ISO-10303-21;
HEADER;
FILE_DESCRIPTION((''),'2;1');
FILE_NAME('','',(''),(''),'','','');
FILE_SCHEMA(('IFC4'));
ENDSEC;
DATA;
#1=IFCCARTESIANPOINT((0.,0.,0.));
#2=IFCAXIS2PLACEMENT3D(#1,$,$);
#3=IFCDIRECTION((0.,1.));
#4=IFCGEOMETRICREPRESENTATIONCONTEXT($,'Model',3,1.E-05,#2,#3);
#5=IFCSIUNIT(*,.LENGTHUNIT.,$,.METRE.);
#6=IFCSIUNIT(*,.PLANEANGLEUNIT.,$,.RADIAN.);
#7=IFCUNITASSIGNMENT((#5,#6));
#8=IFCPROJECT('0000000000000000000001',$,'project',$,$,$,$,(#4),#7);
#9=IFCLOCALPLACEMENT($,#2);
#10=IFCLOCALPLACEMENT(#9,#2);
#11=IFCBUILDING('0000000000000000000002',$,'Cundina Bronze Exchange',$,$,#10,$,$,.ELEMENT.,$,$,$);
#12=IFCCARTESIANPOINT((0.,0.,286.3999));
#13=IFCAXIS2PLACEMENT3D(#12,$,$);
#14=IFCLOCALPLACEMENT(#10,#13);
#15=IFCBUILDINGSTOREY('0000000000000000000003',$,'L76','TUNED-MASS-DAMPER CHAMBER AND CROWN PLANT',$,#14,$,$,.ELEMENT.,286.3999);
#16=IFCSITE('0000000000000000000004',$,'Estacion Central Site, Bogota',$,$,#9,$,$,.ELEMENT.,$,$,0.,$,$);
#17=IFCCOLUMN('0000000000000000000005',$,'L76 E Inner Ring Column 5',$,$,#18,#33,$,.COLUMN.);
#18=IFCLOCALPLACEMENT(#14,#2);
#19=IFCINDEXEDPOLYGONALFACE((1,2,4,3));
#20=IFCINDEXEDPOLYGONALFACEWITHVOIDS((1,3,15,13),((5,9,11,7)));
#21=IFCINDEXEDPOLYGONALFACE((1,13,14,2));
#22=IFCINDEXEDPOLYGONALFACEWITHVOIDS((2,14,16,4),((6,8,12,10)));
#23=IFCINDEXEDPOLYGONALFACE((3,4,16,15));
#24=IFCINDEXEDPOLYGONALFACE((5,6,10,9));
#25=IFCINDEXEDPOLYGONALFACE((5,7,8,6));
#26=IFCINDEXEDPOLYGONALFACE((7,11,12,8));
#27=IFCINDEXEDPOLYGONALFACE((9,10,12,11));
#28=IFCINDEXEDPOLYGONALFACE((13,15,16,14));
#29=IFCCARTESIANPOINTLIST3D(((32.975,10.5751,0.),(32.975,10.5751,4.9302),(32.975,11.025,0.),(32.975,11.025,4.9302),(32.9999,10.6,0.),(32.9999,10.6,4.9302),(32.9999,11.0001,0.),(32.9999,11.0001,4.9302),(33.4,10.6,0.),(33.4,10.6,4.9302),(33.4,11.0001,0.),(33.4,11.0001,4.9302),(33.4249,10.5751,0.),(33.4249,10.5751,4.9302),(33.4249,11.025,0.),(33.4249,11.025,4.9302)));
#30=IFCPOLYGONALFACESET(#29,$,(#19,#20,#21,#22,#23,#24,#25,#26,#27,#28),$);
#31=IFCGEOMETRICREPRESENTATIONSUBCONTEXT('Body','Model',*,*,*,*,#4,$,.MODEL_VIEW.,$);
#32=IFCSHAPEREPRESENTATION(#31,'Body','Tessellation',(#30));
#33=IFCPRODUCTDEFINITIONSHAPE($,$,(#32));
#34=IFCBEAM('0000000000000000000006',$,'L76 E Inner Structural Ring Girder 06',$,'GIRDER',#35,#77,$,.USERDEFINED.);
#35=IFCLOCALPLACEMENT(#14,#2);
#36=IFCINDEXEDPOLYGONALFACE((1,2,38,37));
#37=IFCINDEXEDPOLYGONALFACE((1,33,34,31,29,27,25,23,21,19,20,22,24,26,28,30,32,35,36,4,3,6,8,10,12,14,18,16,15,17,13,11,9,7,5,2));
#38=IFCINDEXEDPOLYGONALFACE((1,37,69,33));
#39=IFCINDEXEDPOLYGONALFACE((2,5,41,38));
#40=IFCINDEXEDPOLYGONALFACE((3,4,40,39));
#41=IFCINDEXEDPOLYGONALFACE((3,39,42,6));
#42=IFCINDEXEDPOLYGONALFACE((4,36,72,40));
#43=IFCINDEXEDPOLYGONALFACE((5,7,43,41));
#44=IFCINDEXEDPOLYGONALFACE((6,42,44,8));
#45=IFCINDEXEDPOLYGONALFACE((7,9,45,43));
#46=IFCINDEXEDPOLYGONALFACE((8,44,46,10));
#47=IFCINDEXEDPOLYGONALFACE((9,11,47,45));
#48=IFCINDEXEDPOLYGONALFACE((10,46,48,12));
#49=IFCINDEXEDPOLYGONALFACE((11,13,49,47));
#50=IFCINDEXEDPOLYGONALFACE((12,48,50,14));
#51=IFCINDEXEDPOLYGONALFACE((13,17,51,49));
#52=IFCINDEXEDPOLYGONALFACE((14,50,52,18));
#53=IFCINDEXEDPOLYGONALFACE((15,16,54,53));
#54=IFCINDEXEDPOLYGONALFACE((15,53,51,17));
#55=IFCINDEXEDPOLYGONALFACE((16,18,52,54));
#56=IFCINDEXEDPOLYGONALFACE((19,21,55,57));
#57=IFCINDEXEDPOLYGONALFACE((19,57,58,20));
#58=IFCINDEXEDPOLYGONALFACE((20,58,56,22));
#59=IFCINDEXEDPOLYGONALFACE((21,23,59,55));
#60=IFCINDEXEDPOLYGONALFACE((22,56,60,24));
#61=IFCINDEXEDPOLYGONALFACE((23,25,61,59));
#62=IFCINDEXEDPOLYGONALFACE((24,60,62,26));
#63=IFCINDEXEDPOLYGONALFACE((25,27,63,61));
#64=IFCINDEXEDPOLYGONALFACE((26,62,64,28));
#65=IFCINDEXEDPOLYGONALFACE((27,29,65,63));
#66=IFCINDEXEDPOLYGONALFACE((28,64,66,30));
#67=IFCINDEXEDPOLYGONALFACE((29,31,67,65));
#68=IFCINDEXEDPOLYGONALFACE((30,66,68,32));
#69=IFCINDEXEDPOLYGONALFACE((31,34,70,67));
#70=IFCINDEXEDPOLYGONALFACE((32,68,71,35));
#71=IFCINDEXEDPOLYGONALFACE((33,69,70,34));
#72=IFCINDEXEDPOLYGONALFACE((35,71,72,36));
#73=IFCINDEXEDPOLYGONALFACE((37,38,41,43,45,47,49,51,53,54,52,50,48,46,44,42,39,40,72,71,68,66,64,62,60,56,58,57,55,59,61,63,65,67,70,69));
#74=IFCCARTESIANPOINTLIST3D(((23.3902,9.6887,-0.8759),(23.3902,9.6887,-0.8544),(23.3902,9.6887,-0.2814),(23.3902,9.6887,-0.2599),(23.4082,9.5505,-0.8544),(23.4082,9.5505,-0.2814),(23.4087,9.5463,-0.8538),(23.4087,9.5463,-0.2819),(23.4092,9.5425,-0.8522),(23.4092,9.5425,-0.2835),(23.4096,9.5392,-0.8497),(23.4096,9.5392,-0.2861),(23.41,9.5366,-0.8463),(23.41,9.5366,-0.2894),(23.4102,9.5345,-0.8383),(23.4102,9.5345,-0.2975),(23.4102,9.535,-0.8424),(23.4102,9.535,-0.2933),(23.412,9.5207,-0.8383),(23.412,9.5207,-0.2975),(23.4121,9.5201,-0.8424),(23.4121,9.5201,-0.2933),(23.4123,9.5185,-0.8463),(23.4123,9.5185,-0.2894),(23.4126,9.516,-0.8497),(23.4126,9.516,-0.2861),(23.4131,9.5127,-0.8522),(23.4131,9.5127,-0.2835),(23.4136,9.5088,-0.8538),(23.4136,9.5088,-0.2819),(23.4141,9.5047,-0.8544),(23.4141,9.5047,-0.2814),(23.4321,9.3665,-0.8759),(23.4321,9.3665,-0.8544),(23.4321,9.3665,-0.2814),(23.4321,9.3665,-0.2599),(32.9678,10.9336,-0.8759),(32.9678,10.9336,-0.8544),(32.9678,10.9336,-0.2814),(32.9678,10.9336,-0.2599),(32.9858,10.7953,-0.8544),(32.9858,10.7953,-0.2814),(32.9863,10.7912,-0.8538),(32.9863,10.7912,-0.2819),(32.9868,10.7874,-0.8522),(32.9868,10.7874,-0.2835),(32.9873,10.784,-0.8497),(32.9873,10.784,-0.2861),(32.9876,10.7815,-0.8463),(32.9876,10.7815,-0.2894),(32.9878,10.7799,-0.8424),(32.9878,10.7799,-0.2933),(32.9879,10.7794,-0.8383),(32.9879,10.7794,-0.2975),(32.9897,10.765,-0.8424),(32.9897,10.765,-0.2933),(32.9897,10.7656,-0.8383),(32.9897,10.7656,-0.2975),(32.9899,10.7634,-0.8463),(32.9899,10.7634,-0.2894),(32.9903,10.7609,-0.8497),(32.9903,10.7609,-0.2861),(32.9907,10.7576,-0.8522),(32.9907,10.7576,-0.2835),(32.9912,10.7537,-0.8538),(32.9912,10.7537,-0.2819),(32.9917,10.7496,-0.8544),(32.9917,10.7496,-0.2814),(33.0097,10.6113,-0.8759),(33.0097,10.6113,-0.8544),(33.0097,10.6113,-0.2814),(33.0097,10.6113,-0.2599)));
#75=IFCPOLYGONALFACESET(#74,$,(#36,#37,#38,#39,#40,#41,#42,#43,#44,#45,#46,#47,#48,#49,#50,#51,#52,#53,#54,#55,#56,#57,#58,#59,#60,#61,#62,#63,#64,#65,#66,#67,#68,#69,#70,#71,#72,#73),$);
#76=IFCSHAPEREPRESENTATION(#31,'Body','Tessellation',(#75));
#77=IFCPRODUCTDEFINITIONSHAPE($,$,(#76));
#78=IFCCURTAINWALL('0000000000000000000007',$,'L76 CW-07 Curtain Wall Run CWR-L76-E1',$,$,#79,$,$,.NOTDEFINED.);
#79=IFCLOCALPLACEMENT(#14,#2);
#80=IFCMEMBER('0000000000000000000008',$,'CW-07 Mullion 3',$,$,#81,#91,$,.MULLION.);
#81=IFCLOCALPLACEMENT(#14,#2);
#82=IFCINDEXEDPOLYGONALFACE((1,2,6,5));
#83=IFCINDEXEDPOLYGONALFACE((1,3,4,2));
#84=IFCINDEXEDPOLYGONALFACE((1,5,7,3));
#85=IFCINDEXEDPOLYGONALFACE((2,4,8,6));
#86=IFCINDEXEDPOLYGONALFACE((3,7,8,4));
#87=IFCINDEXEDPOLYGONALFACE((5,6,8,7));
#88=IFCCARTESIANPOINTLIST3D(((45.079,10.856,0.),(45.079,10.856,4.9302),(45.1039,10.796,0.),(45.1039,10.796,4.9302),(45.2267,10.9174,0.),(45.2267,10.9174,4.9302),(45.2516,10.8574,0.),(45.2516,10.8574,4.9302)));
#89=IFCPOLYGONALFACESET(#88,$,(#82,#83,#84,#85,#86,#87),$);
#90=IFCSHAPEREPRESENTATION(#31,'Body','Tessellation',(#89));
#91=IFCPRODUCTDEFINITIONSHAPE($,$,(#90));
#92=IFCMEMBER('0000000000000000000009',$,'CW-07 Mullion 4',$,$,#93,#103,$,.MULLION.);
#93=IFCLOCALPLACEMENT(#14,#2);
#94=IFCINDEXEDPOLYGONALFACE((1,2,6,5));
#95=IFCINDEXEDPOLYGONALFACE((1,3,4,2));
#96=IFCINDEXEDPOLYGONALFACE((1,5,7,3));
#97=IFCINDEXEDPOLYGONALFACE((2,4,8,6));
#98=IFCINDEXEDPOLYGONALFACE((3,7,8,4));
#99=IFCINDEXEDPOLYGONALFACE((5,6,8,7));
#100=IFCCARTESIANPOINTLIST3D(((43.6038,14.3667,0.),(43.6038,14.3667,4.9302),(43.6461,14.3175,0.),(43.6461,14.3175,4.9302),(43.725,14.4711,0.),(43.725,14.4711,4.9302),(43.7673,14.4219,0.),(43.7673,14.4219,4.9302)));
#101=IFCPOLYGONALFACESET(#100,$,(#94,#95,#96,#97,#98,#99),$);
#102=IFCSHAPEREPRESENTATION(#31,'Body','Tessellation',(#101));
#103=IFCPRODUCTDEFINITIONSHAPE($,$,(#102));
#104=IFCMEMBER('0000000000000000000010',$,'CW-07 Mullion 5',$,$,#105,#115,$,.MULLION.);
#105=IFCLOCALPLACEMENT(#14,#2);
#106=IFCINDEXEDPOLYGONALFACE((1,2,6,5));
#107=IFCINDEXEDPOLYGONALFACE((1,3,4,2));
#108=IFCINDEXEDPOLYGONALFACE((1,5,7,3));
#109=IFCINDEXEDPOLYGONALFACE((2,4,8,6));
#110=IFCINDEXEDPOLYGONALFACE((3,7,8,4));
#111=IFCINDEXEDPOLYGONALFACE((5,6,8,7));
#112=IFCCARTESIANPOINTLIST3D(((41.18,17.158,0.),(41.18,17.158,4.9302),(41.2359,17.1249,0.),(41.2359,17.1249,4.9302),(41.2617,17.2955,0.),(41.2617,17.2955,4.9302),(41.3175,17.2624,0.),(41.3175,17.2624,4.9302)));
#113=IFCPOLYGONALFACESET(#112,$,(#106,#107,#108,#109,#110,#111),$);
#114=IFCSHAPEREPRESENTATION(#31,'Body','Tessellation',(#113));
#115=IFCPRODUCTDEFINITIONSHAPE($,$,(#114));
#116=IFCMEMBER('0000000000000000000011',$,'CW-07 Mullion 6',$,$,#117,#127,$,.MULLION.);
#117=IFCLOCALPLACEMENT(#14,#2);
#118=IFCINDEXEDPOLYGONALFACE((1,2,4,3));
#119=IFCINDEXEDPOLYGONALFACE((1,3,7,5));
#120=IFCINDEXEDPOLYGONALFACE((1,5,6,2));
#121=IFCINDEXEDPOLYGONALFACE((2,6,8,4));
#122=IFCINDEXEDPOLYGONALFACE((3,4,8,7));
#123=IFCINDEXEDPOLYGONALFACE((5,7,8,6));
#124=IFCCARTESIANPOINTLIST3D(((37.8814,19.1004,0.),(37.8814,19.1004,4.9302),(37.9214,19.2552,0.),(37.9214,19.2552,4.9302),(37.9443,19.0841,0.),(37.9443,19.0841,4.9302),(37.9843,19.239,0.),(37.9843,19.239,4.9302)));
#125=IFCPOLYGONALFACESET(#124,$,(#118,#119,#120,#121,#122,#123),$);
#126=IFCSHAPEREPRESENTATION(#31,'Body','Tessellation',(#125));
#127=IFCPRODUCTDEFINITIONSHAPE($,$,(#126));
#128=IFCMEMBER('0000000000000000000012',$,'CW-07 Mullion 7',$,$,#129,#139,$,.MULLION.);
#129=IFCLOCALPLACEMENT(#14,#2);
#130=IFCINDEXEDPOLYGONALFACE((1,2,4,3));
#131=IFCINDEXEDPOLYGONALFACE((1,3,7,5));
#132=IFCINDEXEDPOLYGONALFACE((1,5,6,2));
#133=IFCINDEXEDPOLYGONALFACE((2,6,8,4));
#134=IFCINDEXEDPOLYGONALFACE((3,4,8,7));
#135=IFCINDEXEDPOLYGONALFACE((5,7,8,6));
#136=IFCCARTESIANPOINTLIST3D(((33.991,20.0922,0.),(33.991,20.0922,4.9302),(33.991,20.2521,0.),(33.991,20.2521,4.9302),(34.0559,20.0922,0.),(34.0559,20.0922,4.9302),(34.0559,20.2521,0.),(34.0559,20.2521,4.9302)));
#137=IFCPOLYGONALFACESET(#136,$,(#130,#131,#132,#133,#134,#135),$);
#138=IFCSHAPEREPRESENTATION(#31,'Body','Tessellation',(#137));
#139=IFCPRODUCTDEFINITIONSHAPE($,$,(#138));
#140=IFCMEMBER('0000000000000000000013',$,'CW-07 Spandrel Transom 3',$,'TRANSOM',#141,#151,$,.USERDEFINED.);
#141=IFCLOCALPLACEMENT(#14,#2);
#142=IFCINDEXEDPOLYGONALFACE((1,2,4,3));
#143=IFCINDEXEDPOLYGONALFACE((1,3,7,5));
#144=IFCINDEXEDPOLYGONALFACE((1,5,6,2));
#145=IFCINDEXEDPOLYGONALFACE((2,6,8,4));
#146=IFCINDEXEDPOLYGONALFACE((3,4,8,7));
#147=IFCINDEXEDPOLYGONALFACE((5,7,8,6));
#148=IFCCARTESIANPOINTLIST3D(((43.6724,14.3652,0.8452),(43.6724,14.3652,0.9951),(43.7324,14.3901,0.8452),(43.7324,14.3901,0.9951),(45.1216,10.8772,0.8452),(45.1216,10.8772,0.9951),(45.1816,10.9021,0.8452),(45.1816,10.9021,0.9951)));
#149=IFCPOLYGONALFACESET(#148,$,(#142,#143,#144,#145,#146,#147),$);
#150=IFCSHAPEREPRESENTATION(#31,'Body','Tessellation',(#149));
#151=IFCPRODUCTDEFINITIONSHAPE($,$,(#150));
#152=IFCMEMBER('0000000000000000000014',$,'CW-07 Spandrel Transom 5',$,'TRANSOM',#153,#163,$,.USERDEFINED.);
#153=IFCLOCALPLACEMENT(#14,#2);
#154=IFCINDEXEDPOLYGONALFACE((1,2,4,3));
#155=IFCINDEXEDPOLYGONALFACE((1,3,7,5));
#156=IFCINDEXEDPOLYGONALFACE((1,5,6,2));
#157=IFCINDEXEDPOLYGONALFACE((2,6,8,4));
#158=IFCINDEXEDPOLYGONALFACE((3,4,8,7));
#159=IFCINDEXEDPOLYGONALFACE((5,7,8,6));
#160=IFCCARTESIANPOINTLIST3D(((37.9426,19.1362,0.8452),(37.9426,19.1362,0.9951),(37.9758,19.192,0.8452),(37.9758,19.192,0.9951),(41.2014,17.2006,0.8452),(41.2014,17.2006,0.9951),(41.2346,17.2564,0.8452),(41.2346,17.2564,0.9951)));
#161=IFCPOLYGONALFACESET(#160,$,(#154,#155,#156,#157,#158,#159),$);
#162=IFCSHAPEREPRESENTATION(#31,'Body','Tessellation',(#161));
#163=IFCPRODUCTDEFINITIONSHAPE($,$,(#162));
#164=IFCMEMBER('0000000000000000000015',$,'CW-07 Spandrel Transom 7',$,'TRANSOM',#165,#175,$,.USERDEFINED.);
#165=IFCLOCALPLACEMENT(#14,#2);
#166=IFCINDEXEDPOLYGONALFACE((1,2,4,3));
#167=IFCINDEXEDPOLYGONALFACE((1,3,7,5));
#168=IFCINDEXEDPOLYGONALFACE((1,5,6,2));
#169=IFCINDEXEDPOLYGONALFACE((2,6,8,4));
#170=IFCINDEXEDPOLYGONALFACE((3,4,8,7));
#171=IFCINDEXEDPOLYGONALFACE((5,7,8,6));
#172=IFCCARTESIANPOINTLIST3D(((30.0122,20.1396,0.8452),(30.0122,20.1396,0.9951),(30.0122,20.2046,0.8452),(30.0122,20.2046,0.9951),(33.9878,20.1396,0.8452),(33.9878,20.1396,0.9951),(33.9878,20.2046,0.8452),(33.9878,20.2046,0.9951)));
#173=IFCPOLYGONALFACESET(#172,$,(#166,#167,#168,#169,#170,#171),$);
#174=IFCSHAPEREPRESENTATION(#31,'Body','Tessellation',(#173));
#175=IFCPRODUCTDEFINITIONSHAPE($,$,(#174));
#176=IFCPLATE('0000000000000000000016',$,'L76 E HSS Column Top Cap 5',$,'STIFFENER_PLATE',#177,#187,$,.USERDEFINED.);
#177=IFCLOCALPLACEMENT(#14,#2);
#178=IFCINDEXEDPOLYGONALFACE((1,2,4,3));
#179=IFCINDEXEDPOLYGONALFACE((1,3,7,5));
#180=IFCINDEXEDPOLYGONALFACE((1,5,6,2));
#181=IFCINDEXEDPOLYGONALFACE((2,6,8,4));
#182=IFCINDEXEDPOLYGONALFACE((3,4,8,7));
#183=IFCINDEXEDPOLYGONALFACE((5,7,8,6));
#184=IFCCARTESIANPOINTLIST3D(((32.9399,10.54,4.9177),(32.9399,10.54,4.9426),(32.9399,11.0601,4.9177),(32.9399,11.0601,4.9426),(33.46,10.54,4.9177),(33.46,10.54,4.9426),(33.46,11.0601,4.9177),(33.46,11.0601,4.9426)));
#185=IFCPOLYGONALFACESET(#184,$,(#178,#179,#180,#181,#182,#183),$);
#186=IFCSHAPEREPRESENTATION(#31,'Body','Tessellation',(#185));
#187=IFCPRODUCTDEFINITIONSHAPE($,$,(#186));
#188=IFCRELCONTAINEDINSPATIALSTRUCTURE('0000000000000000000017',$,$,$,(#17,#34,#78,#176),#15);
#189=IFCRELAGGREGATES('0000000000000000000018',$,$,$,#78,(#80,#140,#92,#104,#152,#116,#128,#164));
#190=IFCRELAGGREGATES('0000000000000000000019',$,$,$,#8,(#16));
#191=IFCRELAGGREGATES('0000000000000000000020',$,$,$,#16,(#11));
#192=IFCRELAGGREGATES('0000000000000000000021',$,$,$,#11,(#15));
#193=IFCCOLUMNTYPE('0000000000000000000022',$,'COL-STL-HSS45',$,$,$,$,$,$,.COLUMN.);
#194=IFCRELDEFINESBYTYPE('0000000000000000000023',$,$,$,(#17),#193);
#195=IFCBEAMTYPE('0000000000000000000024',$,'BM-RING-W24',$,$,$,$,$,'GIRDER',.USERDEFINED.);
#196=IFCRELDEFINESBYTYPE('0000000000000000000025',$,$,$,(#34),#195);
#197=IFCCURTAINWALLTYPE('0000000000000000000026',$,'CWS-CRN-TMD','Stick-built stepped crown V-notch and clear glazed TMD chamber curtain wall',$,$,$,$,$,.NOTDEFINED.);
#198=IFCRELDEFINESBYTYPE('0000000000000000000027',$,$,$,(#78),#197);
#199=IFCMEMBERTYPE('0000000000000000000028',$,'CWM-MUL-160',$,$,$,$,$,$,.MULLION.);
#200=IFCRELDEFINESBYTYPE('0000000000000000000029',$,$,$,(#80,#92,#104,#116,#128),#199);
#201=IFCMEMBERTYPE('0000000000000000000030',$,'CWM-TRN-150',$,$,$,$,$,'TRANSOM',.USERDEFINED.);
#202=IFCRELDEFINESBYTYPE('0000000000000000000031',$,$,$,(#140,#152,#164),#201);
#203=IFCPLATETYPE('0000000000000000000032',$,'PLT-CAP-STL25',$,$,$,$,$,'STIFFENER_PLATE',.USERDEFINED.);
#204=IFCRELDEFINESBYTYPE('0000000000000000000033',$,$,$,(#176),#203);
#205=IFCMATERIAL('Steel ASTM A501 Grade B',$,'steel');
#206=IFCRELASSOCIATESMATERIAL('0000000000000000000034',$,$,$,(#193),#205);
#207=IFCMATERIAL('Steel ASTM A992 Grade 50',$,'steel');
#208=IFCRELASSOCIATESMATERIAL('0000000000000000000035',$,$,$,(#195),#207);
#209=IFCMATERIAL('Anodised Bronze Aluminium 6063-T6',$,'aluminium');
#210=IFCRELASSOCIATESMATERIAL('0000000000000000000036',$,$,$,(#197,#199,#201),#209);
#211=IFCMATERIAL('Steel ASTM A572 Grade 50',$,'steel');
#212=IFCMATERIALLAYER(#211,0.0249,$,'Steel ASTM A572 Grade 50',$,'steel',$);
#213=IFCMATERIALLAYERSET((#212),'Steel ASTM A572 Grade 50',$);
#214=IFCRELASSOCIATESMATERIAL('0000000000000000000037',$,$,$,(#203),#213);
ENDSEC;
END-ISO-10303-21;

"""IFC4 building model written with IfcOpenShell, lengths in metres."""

from ifc_helpers import new_model, si_unit, direction, frame, origin, origin_2d, place, context, subcontext, project, spatial, rectangle, hollow_rectangle, i_section, extrude, material, layer, layer_set, material_profile, profile_set, type_object, element, aggregate, save


model = new_model("IFC4")

# Units and contexts
model_context = context("Model", 3, precision=1e-05, world=origin(), true_north=direction((0.0, 1.0)))
body_context = subcontext(model_context, "Body", "Model", "MODEL_VIEW")
ifc_project = project(units=[si_unit("LENGTHUNIT", "METRE"), si_unit("PLANEANGLEUNIT", "RADIAN")], contexts=[model_context])

# Site, building, storey
site_placement = place(None, origin())
site = spatial("IfcSite", under=ifc_project, at=site_placement, Name="Estacion Central Site, Bogota", CompositionType="ELEMENT", RefElevation=0.0)
building_placement = place(site_placement, origin())
building = spatial("IfcBuilding", under=site, at=building_placement, Name="Cundina Bronze Exchange", CompositionType="ELEMENT")
storey_placement = place(building_placement, frame((0.0, 0.0, 286.3999)))
storey = spatial("IfcBuildingStorey", under=building, at=storey_placement, Name="L76", Description="TUNED-MASS-DAMPER CHAMBER AND CROWN PLANT", CompositionType="ELEMENT", Elevation=286.3999)

# Column
ifc_material_1 = material(Name="Steel ASTM A501 Grade B", Category="steel")
ifc_material_profile_1 = material_profile(ifc_material_1, hollow_rectangle(XDim=0.45, YDim=0.45, WallThickness=0.0249, at=origin_2d()), Name="HSS450X450X25", Category="steel")
ifc_profile_set_1 = profile_set([ifc_material_profile_1], Name="Steel ASTM A501 Grade B")
column_type = type_object("IfcColumnType", Name="COL-STL-HSS45", PredefinedType="COLUMN", material=ifc_profile_set_1)
column_placement = place(storey_placement, frame((33.2, 10.8, 0.0), z_axis=(0.0, 0.0, 1.0), x_axis=(1.0, 0.0, 0.0)))
element("IfcColumn", 1, at=column_placement, inside=storey, type_object=column_type, Name="L76 E Inner Ring Column 5", PredefinedType="COLUMN", context=body_context, shape_type="SweptSolid", body=[
    extrude(hollow_rectangle(XDim=0.45, YDim=0.45, WallThickness=0.0249, at=origin_2d()), origin(), (0.0, 0.0, 1.0), 4.9302),
])

# Beam
ifc_material_2 = material(Name="Steel ASTM A992 Grade 50", Category="steel")
ifc_material_profile_2 = material_profile(ifc_material_2, i_section(OverallWidth=0.325, OverallDepth=0.616, WebThickness=0.0139, FlangeThickness=0.0215, FilletRadius=0.0161, at=origin_2d()), Name="W24X117", Category="steel")
ifc_profile_set_2 = profile_set([ifc_material_profile_2], Name="Steel ASTM A992 Grade 50")
beam_type = type_object("IfcBeamType", Name="BM-RING-W24", ElementType="GIRDER", PredefinedType="USERDEFINED", material=ifc_profile_set_2)
beam_placement = place(storey_placement, frame((32.9888, 10.7725, -0.5679), z_axis=(-0.991659, -0.128893, 0.0), x_axis=(0.128893, -0.991659, 0.0)))
element("IfcBeam", 2, at=beam_placement, inside=storey, type_object=beam_type, Name="L76 E Inner Structural Ring Girder 06", ObjectType="GIRDER", PredefinedType="USERDEFINED", context=body_context, shape_type="SweptSolid", body=[
    extrude(i_section(OverallWidth=0.325, OverallDepth=0.616, WebThickness=0.0139, FlangeThickness=0.0215, FilletRadius=0.0161, at=origin_2d()), origin(), (0.0, 0.0, 1.0), 9.6582),
])

# Curtain wall, members
ifc_material_3 = material(Name="Anodised Bronze Aluminium 6063-T6", Category="aluminium")
curtain_wall_type = type_object("IfcCurtainWallType", Name="CWS-CRN-TMD", Description="Stick-built stepped crown V-notch and clear glazed TMD chamber curtain wall", PredefinedType="NOTDEFINED", material=ifc_material_3)
curtain_wall_placement = place(storey_placement, origin())
curtain_wall = element("IfcCurtainWall", 3, at=curtain_wall_placement, inside=storey, type_object=curtain_wall_type, Name="L76 CW-07 Curtain Wall Run CWR-L76-E1", PredefinedType="NOTDEFINED")
ifc_material_profile_3 = material_profile(ifc_material_3, rectangle(XDim=0.0649, YDim=0.1599, at=origin_2d()), Name="AL65X160", Category="aluminium")
ifc_profile_set_3 = profile_set([ifc_material_profile_3], Name="Anodised Bronze Aluminium 6063-T6")
member_type_1 = type_object("IfcMemberType", Name="CWM-MUL-160", PredefinedType="MULLION", material=ifc_profile_set_3)
member_1_placement = place(storey_placement, frame((45.1653, 10.8567, 0.0), z_axis=(0.0, 0.0, 1.0), x_axis=(-0.383651, 0.923478, 0.0)))
member_1 = element("IfcMember", 4, at=member_1_placement, type_object=member_type_1, Name="CW-07 Mullion 3", PredefinedType="MULLION", context=body_context, shape_type="SweptSolid", body=[
    extrude(rectangle(XDim=0.0649, YDim=0.1599, at=origin_2d()), origin(), (0.0, 0.0, 1.0), 4.9302),
])
member_2_placement = place(storey_placement, frame((43.6855, 14.3943, 0.0), z_axis=(0.0, 0.0, 1.0), x_axis=(-0.652495, 0.757793, 0.0)))
member_2 = element("IfcMember", 5, at=member_2_placement, type_object=member_type_1, Name="CW-07 Mullion 4", PredefinedType="MULLION", context=body_context, shape_type="SweptSolid", body=[
    extrude(rectangle(XDim=0.0649, YDim=0.1599, at=origin_2d()), origin(), (0.0, 0.0, 1.0), 4.9302),
])
member_3_placement = place(storey_placement, frame((41.2488, 17.2102, 0.0), z_axis=(0.0, 0.0, 1.0), x_axis=(-0.859763, 0.510693, 0.0)))
member_3 = element("IfcMember", 6, at=member_3_placement, type_object=member_type_1, Name="CW-07 Mullion 5", PredefinedType="MULLION", context=body_context, shape_type="SweptSolid", body=[
    extrude(rectangle(XDim=0.0649, YDim=0.1599, at=origin_2d()), origin(), (0.0, 0.0, 1.0), 4.9302),
])
member_4_placement = place(storey_placement, frame((37.9329, 19.1697, 0.0), z_axis=(0.0, 0.0, 1.0), x_axis=(-0.968148, 0.25038, 0.0)))
member_4 = element("IfcMember", 7, at=member_4_placement, type_object=member_type_1, Name="CW-07 Mullion 6", PredefinedType="MULLION", context=body_context, shape_type="SweptSolid", body=[
    extrude(rectangle(XDim=0.0649, YDim=0.1599, at=origin_2d()), origin(), (0.0, 0.0, 1.0), 4.9302),
])
member_5_placement = place(storey_placement, frame((34.0234, 20.1721, 0.0), z_axis=(0.0, 0.0, 1.0), x_axis=(-1.0, 0.0, 0.0)))
member_5 = element("IfcMember", 8, at=member_5_placement, type_object=member_type_1, Name="CW-07 Mullion 7", PredefinedType="MULLION", context=body_context, shape_type="SweptSolid", body=[
    extrude(rectangle(XDim=0.0649, YDim=0.1599, at=origin_2d()), origin(), (0.0, 0.0, 1.0), 4.9302),
])
ifc_material_profile_4 = material_profile(ifc_material_3, rectangle(XDim=0.0649, YDim=0.1499, at=origin_2d()), Name="AL65X150", Category="aluminium")
ifc_profile_set_4 = profile_set([ifc_material_profile_4], Name="Anodised Bronze Aluminium 6063-T6")
member_type_2 = type_object("IfcMemberType", Name="CWM-TRN-150", ElementType="TRANSOM", PredefinedType="USERDEFINED", material=ifc_profile_set_4)
member_6_placement = place(storey_placement, frame((45.1516, 10.8896, 0.9202), z_axis=(-0.383684, 0.923465, 0.0), x_axis=(-0.923465, -0.383684, 0.0)))
member_6 = element("IfcMember", 9, at=member_6_placement, type_object=member_type_2, Name="CW-07 Spandrel Transom 3", ObjectType="TRANSOM", PredefinedType="USERDEFINED", context=body_context, shape_type="SweptSolid", body=[
    extrude(rectangle(XDim=0.0649, YDim=0.1499, at=origin_2d()), origin(), (0.0, 0.0, 1.0), 3.7771),
])
member_7_placement = place(storey_placement, frame((41.218, 17.2285, 0.9202), z_axis=(-0.859781, 0.510664, 0.0), x_axis=(-0.510664, -0.859781, 0.0)))
member_7 = element("IfcMember", 10, at=member_7_placement, type_object=member_type_2, Name="CW-07 Spandrel Transom 5", ObjectType="TRANSOM", PredefinedType="USERDEFINED", context=body_context, shape_type="SweptSolid", body=[
    extrude(rectangle(XDim=0.0649, YDim=0.1499, at=origin_2d()), origin(), (0.0, 0.0, 1.0), 3.7903),
])
member_8_placement = place(storey_placement, frame((33.9878, 20.1721, 0.9202), z_axis=(-1.0, 0.0, 0.0), x_axis=(0.0, -1.0, 0.0)))
member_8 = element("IfcMember", 11, at=member_8_placement, type_object=member_type_2, Name="CW-07 Spandrel Transom 7", ObjectType="TRANSOM", PredefinedType="USERDEFINED", context=body_context, shape_type="SweptSolid", body=[
    extrude(rectangle(XDim=0.0649, YDim=0.1499, at=origin_2d()), origin(), (0.0, 0.0, 1.0), 3.9756),
])

# Plate
ifc_material_4 = material(Name="Steel ASTM A572 Grade 50", Category="steel")
ifc_layer_1 = layer(ifc_material_4, 0.0249, Name="Steel ASTM A572 Grade 50", Category="steel")
ifc_layer_set_1 = layer_set([ifc_layer_1], Name="Steel ASTM A572 Grade 50")
plate_type_1 = type_object("IfcPlateType", Name="PLT-CAP-STL25", ElementType="STIFFENER_PLATE", PredefinedType="USERDEFINED", material=ifc_layer_set_1)
plate_1_placement = place(storey_placement, frame((33.2, 10.8, 4.9177), z_axis=(0.0, 0.0, 1.0), x_axis=(1.0, 0.0, 0.0)))
element("IfcPlate", 12, at=plate_1_placement, inside=storey, type_object=plate_type_1, Name="L76 E HSS Column Top Cap 5", ObjectType="STIFFENER_PLATE", PredefinedType="USERDEFINED", context=body_context, shape_type="SweptSolid", body=[
    extrude(rectangle(XDim=0.52, YDim=0.52, at=origin_2d()), origin(), (0.0, 0.0, 1.0), 0.0249),
])
aggregate(curtain_wall, [member_1, member_6, member_2, member_3, member_7, member_4, member_5, member_8])

save(model, "model.ifc")
